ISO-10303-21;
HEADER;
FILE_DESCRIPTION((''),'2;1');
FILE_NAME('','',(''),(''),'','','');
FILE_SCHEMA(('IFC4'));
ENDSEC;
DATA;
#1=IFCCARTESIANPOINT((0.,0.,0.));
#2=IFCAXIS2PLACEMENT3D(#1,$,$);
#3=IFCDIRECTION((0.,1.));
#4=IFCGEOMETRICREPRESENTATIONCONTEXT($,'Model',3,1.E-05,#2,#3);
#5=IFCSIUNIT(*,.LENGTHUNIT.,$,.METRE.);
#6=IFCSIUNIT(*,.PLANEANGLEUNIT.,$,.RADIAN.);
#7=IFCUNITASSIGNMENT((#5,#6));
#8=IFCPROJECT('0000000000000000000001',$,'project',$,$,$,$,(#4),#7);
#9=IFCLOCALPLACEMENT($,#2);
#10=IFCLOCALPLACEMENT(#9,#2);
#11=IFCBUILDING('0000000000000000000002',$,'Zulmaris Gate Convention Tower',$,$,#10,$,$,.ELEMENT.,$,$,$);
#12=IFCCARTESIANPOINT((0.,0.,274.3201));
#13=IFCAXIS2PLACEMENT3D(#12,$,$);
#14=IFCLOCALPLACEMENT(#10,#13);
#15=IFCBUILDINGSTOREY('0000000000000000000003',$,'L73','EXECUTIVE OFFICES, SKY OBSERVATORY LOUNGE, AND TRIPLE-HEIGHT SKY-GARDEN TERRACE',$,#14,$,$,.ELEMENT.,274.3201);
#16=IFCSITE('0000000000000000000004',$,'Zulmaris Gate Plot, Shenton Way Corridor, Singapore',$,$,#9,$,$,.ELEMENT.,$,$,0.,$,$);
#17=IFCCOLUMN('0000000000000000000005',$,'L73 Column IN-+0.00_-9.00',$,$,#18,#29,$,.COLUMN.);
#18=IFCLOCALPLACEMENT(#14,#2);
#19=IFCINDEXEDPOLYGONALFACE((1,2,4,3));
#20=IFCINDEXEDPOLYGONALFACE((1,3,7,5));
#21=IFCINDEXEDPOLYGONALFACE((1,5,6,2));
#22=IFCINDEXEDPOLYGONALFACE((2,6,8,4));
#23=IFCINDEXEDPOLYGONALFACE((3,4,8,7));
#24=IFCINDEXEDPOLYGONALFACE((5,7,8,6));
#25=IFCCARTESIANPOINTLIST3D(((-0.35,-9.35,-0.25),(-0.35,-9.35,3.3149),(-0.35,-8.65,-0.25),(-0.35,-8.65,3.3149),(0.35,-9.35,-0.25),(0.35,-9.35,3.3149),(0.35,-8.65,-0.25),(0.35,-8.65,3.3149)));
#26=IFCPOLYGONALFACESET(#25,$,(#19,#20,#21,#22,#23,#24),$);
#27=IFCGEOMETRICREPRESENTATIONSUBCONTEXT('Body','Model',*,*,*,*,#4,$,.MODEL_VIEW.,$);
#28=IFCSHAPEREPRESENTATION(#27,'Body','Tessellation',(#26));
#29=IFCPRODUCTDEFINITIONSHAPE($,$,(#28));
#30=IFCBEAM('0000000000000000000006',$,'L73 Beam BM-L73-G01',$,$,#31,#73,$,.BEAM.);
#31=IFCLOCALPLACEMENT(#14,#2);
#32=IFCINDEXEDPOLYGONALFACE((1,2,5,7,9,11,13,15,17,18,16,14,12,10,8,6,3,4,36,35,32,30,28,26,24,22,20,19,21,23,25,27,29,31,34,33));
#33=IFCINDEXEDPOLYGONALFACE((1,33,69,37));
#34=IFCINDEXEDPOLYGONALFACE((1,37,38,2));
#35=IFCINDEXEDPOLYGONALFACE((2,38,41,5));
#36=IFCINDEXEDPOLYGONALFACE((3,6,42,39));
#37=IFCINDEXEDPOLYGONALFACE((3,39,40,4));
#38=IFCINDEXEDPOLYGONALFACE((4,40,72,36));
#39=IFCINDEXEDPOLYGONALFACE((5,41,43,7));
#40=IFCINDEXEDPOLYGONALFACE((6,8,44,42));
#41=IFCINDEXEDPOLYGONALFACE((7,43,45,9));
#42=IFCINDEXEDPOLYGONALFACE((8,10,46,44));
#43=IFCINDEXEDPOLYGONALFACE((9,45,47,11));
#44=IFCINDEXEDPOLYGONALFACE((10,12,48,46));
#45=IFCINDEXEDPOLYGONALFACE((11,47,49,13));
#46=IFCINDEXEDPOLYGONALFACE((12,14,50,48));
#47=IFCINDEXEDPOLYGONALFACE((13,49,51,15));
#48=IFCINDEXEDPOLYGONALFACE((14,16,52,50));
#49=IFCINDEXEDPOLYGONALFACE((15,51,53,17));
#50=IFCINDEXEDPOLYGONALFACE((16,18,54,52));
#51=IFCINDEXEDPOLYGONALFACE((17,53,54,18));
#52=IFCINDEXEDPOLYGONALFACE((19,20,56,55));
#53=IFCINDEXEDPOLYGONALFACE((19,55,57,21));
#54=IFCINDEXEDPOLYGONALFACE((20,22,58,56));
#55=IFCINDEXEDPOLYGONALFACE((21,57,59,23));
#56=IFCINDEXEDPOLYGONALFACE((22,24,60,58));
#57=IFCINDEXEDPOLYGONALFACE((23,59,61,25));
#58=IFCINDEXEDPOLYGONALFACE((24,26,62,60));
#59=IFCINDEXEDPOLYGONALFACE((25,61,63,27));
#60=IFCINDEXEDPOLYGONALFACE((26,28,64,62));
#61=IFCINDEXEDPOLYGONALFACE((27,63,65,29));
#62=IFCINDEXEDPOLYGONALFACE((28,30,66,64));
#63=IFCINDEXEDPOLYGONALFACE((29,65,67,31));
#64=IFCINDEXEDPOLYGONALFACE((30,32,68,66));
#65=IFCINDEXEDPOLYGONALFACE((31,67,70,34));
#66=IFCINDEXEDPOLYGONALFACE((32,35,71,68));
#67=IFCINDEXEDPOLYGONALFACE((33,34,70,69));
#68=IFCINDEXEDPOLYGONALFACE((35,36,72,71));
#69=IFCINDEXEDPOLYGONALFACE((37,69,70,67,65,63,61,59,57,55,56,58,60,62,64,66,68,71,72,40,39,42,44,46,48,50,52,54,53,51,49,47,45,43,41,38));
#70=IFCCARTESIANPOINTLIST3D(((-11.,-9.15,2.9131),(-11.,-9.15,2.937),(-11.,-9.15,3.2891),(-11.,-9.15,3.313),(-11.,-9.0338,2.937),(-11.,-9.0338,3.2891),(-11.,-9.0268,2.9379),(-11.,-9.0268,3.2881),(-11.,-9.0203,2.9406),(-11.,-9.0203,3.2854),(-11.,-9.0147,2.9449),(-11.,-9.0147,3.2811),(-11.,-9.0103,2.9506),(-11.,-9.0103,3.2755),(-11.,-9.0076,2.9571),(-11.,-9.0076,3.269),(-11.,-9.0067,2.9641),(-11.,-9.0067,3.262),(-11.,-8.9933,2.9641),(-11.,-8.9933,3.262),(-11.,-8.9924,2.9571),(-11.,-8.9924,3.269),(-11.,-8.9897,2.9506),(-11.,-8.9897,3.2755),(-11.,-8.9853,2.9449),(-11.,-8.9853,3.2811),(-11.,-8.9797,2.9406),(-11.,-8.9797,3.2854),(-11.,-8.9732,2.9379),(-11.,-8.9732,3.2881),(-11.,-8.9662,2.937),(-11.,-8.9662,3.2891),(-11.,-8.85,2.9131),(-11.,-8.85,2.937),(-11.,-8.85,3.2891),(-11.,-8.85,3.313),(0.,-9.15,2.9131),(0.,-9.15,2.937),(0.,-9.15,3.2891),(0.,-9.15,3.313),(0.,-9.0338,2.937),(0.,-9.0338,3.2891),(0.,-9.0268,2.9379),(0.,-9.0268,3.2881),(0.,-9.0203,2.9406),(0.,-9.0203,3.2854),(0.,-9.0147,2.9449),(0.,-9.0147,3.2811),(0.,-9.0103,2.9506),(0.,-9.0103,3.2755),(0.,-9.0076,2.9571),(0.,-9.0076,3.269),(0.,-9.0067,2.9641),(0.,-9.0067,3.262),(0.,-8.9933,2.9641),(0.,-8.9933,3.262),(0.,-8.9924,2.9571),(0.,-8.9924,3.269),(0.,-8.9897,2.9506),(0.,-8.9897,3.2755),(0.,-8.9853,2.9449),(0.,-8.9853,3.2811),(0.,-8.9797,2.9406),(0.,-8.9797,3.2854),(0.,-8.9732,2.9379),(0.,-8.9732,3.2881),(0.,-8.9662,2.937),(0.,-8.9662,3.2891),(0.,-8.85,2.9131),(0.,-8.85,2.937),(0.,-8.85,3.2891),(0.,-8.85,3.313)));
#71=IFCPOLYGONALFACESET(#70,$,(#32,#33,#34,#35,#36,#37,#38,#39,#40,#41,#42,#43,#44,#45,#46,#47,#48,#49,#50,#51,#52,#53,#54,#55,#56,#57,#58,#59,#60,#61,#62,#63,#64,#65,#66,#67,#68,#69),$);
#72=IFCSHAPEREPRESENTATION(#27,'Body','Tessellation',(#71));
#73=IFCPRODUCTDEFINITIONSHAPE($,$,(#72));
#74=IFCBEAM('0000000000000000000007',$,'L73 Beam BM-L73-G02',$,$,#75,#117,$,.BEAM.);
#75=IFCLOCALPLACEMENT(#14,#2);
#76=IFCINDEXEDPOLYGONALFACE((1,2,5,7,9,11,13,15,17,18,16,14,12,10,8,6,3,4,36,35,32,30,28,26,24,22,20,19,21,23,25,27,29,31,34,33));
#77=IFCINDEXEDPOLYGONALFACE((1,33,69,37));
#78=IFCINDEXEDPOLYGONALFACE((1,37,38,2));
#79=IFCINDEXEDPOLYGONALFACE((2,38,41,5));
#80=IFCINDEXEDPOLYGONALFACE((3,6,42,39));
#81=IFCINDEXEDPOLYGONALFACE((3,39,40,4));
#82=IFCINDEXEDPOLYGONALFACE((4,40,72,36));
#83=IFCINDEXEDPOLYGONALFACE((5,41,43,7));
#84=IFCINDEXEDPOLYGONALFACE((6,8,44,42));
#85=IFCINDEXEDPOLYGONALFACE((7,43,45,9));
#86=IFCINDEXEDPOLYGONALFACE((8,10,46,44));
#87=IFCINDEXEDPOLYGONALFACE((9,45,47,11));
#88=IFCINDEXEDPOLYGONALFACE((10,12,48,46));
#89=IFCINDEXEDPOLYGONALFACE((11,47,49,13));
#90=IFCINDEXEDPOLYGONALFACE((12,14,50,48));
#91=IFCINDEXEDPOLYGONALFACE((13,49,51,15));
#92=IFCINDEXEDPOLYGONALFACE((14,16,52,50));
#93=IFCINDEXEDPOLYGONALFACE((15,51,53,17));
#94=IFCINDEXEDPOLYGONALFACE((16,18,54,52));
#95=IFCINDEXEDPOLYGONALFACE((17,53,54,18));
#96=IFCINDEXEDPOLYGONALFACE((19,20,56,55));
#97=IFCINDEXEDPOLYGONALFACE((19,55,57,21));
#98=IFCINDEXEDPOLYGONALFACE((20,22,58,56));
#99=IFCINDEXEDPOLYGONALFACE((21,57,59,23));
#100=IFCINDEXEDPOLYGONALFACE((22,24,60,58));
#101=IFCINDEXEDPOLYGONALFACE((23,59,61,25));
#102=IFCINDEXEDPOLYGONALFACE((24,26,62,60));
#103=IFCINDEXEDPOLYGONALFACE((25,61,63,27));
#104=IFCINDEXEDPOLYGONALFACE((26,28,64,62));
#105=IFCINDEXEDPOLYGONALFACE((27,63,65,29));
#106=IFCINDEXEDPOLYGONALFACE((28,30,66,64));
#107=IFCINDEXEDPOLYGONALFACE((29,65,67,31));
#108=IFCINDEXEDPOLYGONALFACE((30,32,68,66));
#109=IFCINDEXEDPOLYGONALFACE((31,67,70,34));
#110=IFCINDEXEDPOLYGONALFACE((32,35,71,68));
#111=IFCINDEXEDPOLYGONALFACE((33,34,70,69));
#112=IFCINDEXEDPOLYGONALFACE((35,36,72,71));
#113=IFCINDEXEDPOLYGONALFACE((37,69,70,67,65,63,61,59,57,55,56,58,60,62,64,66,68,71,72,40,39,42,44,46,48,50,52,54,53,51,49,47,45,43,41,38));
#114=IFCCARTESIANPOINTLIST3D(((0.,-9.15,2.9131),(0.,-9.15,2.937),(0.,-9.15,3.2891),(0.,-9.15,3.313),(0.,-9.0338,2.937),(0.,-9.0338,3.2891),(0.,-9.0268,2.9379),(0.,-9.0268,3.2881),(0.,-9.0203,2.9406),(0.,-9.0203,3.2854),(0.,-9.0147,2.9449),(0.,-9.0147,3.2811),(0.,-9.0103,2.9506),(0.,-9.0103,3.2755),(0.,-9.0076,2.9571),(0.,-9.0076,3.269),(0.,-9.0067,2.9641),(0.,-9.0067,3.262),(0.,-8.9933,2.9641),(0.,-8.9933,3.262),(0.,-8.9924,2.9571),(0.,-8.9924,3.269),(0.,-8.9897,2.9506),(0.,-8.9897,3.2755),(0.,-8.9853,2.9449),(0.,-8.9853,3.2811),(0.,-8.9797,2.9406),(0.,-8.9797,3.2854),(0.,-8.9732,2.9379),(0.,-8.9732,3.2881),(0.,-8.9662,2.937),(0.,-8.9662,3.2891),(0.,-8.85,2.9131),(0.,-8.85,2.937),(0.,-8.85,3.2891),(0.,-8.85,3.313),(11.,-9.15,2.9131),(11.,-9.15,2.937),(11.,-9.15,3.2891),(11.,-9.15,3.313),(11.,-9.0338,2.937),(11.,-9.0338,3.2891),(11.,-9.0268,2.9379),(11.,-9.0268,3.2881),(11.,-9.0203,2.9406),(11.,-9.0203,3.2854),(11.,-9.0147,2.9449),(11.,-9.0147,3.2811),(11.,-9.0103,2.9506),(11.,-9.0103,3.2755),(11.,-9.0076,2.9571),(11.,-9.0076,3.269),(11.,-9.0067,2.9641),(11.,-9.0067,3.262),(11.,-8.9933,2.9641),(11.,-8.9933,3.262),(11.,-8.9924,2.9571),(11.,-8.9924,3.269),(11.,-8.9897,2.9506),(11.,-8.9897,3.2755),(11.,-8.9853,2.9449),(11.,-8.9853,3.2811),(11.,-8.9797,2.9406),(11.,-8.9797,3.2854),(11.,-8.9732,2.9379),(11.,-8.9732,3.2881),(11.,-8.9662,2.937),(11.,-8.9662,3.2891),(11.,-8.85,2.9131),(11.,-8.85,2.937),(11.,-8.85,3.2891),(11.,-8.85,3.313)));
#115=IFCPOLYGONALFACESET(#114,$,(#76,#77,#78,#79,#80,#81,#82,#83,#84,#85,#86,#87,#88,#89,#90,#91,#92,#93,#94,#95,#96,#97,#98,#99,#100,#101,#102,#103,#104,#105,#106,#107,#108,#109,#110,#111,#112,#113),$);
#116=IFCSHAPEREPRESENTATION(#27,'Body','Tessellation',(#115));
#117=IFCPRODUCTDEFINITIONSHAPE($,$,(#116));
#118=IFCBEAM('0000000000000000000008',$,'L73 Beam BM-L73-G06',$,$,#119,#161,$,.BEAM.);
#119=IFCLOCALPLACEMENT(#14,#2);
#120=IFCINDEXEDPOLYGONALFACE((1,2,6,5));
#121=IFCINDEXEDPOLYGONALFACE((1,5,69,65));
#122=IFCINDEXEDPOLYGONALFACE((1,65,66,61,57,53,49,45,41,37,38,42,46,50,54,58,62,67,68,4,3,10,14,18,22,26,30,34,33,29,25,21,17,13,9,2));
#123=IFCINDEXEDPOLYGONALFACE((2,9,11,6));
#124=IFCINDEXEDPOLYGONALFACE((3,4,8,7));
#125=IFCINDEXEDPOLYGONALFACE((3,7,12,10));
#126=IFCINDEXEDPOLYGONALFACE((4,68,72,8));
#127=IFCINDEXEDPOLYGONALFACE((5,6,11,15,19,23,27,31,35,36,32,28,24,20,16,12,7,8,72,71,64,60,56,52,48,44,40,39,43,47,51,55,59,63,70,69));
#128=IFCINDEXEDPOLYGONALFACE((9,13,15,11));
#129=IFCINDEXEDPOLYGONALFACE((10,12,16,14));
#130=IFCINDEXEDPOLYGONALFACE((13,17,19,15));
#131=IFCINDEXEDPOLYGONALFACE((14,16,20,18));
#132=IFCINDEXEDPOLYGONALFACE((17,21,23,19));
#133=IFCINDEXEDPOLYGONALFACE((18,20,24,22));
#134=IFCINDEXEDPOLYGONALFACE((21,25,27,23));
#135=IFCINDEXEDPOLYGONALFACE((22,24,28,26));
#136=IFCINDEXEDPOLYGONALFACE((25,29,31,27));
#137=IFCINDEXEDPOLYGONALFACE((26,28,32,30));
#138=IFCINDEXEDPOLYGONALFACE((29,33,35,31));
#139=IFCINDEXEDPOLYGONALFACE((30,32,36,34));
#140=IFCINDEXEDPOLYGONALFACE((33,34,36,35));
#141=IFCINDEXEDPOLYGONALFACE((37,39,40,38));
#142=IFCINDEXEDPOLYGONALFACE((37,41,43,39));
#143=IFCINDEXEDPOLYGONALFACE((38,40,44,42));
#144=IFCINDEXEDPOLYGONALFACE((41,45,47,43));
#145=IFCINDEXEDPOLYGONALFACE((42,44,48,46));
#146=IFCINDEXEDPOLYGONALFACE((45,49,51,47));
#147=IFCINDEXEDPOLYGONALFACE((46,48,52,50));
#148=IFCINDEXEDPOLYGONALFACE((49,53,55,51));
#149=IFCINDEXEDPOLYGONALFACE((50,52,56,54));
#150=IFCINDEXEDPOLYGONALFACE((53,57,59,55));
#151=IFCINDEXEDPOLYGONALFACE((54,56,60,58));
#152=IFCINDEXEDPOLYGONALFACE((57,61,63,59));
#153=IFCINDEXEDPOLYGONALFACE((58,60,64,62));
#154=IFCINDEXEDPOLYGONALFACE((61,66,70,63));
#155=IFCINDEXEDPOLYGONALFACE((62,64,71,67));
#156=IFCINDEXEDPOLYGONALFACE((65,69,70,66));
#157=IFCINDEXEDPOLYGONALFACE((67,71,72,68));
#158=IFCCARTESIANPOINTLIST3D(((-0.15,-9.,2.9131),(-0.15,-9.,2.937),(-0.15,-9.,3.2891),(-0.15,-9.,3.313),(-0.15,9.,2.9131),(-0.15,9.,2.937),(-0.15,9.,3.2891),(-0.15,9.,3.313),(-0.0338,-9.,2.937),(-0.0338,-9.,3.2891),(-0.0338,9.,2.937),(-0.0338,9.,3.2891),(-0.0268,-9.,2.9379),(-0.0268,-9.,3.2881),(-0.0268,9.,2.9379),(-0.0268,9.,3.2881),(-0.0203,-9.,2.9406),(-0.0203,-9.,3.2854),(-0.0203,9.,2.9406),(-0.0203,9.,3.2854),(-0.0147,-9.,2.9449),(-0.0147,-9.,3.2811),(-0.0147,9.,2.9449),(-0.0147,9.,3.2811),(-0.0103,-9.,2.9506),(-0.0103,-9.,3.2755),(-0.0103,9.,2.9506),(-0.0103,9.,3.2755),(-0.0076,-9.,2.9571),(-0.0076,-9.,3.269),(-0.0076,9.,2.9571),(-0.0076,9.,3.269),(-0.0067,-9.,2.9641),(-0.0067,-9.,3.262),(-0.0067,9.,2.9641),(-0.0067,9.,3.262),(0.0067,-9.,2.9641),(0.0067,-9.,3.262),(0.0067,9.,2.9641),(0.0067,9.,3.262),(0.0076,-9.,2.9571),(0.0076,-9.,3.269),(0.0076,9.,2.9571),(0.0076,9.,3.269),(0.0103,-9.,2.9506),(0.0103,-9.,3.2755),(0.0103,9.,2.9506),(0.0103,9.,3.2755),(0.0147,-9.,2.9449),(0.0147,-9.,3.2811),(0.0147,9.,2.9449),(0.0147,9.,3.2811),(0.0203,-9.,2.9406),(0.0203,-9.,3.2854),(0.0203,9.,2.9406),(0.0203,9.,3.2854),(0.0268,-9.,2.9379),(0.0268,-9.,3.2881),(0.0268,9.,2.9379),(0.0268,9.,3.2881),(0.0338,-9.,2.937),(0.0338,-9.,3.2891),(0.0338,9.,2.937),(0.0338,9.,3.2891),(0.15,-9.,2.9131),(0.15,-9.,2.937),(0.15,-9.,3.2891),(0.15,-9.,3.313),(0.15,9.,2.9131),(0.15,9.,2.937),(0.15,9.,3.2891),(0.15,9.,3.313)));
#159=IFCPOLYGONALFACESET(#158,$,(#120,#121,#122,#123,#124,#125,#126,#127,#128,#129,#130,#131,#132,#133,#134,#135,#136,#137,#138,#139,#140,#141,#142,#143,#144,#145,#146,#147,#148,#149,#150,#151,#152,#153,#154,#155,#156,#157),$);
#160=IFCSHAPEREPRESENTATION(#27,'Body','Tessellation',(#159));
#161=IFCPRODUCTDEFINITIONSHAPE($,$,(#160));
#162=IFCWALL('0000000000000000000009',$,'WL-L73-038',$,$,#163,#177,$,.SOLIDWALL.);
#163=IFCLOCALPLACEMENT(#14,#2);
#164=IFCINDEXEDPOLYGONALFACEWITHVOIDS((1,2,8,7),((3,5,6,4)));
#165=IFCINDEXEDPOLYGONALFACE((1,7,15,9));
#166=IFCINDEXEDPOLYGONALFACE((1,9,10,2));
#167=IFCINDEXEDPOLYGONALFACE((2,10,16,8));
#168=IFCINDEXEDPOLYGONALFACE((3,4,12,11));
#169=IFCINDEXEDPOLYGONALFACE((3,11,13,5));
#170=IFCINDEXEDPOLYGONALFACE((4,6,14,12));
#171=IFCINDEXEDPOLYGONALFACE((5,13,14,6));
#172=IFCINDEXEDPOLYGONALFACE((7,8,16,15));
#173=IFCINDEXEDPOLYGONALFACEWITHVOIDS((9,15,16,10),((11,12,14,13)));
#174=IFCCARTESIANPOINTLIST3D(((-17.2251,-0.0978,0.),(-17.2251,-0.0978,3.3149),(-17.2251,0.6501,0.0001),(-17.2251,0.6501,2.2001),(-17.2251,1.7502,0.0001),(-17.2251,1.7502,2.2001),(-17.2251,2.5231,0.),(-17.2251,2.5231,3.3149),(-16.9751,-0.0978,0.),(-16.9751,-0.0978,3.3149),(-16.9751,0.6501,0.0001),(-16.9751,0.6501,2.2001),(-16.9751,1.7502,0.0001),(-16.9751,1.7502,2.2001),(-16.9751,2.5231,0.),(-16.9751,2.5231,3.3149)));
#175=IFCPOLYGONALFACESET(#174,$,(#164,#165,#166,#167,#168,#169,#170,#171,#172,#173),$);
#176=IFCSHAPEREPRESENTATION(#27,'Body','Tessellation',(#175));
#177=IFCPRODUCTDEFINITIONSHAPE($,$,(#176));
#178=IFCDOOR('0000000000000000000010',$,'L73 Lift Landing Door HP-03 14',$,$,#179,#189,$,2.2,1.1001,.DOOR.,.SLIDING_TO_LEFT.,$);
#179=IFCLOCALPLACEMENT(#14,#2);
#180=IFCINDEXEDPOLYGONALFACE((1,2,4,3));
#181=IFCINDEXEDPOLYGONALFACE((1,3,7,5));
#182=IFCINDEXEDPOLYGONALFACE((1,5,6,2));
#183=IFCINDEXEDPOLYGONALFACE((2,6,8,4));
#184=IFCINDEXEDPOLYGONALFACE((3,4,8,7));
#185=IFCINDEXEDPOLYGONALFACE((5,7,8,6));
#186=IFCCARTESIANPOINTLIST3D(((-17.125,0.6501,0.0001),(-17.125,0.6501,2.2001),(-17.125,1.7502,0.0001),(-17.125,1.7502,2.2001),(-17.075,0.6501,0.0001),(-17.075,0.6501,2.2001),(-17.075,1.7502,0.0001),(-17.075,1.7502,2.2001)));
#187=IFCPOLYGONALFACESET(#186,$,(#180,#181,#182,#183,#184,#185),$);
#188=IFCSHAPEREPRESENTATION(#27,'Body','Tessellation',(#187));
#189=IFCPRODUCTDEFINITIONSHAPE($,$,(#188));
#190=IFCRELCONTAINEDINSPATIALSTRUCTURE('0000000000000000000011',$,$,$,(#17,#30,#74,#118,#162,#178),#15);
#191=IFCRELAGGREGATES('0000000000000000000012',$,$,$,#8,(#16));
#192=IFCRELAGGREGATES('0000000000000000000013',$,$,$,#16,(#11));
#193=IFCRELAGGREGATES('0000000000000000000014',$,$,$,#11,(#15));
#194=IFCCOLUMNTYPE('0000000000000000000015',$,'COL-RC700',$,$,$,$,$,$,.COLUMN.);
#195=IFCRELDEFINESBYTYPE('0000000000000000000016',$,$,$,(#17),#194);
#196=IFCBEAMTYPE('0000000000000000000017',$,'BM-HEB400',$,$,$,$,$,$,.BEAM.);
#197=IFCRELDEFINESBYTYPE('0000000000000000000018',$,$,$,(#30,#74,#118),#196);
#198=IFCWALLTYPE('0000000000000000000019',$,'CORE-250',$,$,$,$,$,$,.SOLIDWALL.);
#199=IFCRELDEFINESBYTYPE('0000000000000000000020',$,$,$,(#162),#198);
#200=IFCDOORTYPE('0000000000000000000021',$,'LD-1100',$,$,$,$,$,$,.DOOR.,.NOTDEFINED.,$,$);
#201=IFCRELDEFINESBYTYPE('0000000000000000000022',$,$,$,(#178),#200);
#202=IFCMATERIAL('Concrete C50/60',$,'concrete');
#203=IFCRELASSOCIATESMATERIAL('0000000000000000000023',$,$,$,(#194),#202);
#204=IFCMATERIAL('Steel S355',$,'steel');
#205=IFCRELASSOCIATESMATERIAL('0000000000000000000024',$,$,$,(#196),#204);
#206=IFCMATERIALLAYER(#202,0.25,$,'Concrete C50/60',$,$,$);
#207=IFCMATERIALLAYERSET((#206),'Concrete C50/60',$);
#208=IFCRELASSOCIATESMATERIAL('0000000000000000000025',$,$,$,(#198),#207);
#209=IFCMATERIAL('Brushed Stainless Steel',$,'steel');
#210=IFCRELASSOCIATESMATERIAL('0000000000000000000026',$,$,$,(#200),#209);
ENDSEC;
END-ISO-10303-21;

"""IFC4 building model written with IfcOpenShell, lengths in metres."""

from ifc_helpers import new_model, si_unit, direction, frame, frame_2d, origin, origin_2d, place, context, subcontext, project, spatial, rectangle, i_section, extrude, material, layer, layer_set, material_profile, profile_set, type_object, element, fill, save


model = new_model("IFC4")

# Units and contexts
model_context = context("Model", 3, precision=1e-05, world=origin(), true_north=direction((0.0, 1.0)))
body_context = subcontext(model_context, "Body", "Model", "MODEL_VIEW")
ifc_project = project(units=[si_unit("LENGTHUNIT", "METRE"), si_unit("PLANEANGLEUNIT", "RADIAN")], contexts=[model_context])

# Site, building, storey
site_placement = place(None, origin())
site = spatial("IfcSite", under=ifc_project, at=site_placement, Name="Zulmaris Gate Plot, Shenton Way Corridor, Singapore", CompositionType="ELEMENT", RefElevation=0.0)
building_placement = place(site_placement, origin())
building = spatial("IfcBuilding", under=site, at=building_placement, Name="Zulmaris Gate Convention Tower", CompositionType="ELEMENT")
storey_placement = place(building_placement, frame((0.0, 0.0, 274.3201)))
storey = spatial("IfcBuildingStorey", under=building, at=storey_placement, Name="L73", Description="EXECUTIVE OFFICES, SKY OBSERVATORY LOUNGE, AND TRIPLE-HEIGHT SKY-GARDEN TERRACE", CompositionType="ELEMENT", Elevation=274.3201)

# Column
ifc_material_1 = material(Name="Concrete C50/60", Category="concrete")
ifc_material_profile_1 = material_profile(ifc_material_1, rectangle(XDim=0.7, YDim=0.7, at=origin_2d()), Name="RC COL 700x700")
ifc_profile_set_1 = profile_set([ifc_material_profile_1], Name="Concrete C50/60")
column_type = type_object("IfcColumnType", Name="COL-RC700", PredefinedType="COLUMN", material=ifc_profile_set_1)
column_placement = place(storey_placement, frame((0.0, -9.0, -0.25), z_axis=(0.0, 0.0, 1.0), x_axis=(1.0, 0.0, 0.0)))
element("IfcColumn", 1, at=column_placement, inside=storey, type_object=column_type, Name="L73 Column IN-+0.00_-9.00", PredefinedType="COLUMN", context=body_context, shape_type="SweptSolid", body=[
    extrude(rectangle(XDim=0.7, YDim=0.7, at=origin_2d()), origin(), (0.0, 0.0, 1.0), 3.5649),
])

# Beams
ifc_material_2 = material(Name="Steel S355", Category="steel")
ifc_material_profile_2 = material_profile(ifc_material_2, i_section(OverallWidth=0.3, OverallDepth=0.3999, WebThickness=0.0134, FlangeThickness=0.0239, FilletRadius=0.0271, at=origin_2d()), Name="HEB 400")
ifc_profile_set_2 = profile_set([ifc_material_profile_2], Name="Steel S355")
beam_type = type_object("IfcBeamType", Name="BM-HEB400", PredefinedType="BEAM", material=ifc_profile_set_2)
for number, where, z_axis, x_axis, name in (
    (2, (-11.0, -9.0, 3.113), (1.0, 0.0, 0.0), (0.0, 1.0, 0.0), "L73 Beam BM-L73-G01"),
    (3, (0.0, -9.0, 3.113), (1.0, 0.0, 0.0), (0.0, 1.0, 0.0), "L73 Beam BM-L73-G02"),
):
    element("IfcBeam", number, at=place(storey_placement, frame(where, z_axis=z_axis, x_axis=x_axis)), inside=storey, type_object=beam_type, Name=name, PredefinedType="BEAM", context=body_context, shape_type="SweptSolid", body=[
        extrude(i_section(OverallWidth=0.3, OverallDepth=0.3999, WebThickness=0.0134, FlangeThickness=0.0239, FilletRadius=0.0271, at=origin_2d()), origin(), (0.0, 0.0, 1.0), 11.0),
    ])
beam_placement = place(storey_placement, frame((0.0, -9.0, 3.113), z_axis=(0.0, 1.0, 0.0), x_axis=(-1.0, 0.0, 0.0)))
element("IfcBeam", 4, at=beam_placement, inside=storey, type_object=beam_type, Name="L73 Beam BM-L73-G06", PredefinedType="BEAM", context=body_context, shape_type="SweptSolid", body=[
    extrude(i_section(OverallWidth=0.3, OverallDepth=0.3999, WebThickness=0.0134, FlangeThickness=0.0239, FilletRadius=0.0271, at=origin_2d()), origin(), (0.0, 0.0, 1.0), 18.0),
])

# Wall, opening, door
ifc_layer_1 = layer(ifc_material_1, 0.25, Name="Concrete C50/60")
ifc_layer_set_1 = layer_set([ifc_layer_1], Name="Concrete C50/60")
wall_type_1 = type_object("IfcWallType", Name="CORE-250", PredefinedType="SOLIDWALL", material=ifc_layer_set_1)
wall_1_placement = place(storey_placement, frame((-17.1001, -0.0979, 0.0), z_axis=(0.0, 0.0, 1.0), x_axis=(0.0, 1.0, 0.0)))
wall_1 = element("IfcWall", 5, at=wall_1_placement, inside=storey, type_object=wall_type_1, Name="WL-L73-038", PredefinedType="SOLIDWALL", context=body_context, shape_type="SweptSolid", body=[
    extrude(rectangle(XDim=2.6208, YDim=0.25, at=frame_2d((1.3105, 0.0))), origin(), (0.0, 0.0, 1.0), 3.3149),
])
opening_1_placement = place(wall_1_placement, frame((0.748, 0.0, 0.0)))
opening_1 = element("IfcOpeningElement", 6, at=opening_1_placement, cuts=wall_1, PredefinedType="OPENING", context=body_context, shape_type="SweptSolid", body=[
    extrude(rectangle(XDim=1.1001, YDim=2.2, at=frame_2d((0.55, 1.1001))), frame((0.0, 0.135, 0.0), z_axis=(0.0, -1.0, 0.0), x_axis=(1.0, 0.0, 0.0)), (0.0, 0.0, 1.0), 0.27),
])
ifc_material_3 = material(Name="Brushed Stainless Steel", Category="steel")
door_type_1 = type_object("IfcDoorType", Name="LD-1100", OperationType="NOTDEFINED", PredefinedType="DOOR", material=ifc_material_3)
door_1_placement = place(opening_1_placement, origin())
door_1 = element("IfcDoor", 7, at=door_1_placement, inside=storey, type_object=door_type_1, Name="L73 Lift Landing Door HP-03 14", OperationType="SLIDING_TO_LEFT", OverallHeight=2.2, OverallWidth=1.1001, PredefinedType="DOOR", context=body_context, shape_type="SweptSolid", body=[
    extrude(rectangle(XDim=1.1001, YDim=2.2, at=frame_2d((0.55, 1.1001))), frame((0.0, 0.0249, 0.0), z_axis=(0.0, -1.0, 0.0), x_axis=(1.0, 0.0, 0.0)), (0.0, 0.0, 1.0), 0.05),
])
fill(opening_1, door_1)

save(model, "model.ifc")
